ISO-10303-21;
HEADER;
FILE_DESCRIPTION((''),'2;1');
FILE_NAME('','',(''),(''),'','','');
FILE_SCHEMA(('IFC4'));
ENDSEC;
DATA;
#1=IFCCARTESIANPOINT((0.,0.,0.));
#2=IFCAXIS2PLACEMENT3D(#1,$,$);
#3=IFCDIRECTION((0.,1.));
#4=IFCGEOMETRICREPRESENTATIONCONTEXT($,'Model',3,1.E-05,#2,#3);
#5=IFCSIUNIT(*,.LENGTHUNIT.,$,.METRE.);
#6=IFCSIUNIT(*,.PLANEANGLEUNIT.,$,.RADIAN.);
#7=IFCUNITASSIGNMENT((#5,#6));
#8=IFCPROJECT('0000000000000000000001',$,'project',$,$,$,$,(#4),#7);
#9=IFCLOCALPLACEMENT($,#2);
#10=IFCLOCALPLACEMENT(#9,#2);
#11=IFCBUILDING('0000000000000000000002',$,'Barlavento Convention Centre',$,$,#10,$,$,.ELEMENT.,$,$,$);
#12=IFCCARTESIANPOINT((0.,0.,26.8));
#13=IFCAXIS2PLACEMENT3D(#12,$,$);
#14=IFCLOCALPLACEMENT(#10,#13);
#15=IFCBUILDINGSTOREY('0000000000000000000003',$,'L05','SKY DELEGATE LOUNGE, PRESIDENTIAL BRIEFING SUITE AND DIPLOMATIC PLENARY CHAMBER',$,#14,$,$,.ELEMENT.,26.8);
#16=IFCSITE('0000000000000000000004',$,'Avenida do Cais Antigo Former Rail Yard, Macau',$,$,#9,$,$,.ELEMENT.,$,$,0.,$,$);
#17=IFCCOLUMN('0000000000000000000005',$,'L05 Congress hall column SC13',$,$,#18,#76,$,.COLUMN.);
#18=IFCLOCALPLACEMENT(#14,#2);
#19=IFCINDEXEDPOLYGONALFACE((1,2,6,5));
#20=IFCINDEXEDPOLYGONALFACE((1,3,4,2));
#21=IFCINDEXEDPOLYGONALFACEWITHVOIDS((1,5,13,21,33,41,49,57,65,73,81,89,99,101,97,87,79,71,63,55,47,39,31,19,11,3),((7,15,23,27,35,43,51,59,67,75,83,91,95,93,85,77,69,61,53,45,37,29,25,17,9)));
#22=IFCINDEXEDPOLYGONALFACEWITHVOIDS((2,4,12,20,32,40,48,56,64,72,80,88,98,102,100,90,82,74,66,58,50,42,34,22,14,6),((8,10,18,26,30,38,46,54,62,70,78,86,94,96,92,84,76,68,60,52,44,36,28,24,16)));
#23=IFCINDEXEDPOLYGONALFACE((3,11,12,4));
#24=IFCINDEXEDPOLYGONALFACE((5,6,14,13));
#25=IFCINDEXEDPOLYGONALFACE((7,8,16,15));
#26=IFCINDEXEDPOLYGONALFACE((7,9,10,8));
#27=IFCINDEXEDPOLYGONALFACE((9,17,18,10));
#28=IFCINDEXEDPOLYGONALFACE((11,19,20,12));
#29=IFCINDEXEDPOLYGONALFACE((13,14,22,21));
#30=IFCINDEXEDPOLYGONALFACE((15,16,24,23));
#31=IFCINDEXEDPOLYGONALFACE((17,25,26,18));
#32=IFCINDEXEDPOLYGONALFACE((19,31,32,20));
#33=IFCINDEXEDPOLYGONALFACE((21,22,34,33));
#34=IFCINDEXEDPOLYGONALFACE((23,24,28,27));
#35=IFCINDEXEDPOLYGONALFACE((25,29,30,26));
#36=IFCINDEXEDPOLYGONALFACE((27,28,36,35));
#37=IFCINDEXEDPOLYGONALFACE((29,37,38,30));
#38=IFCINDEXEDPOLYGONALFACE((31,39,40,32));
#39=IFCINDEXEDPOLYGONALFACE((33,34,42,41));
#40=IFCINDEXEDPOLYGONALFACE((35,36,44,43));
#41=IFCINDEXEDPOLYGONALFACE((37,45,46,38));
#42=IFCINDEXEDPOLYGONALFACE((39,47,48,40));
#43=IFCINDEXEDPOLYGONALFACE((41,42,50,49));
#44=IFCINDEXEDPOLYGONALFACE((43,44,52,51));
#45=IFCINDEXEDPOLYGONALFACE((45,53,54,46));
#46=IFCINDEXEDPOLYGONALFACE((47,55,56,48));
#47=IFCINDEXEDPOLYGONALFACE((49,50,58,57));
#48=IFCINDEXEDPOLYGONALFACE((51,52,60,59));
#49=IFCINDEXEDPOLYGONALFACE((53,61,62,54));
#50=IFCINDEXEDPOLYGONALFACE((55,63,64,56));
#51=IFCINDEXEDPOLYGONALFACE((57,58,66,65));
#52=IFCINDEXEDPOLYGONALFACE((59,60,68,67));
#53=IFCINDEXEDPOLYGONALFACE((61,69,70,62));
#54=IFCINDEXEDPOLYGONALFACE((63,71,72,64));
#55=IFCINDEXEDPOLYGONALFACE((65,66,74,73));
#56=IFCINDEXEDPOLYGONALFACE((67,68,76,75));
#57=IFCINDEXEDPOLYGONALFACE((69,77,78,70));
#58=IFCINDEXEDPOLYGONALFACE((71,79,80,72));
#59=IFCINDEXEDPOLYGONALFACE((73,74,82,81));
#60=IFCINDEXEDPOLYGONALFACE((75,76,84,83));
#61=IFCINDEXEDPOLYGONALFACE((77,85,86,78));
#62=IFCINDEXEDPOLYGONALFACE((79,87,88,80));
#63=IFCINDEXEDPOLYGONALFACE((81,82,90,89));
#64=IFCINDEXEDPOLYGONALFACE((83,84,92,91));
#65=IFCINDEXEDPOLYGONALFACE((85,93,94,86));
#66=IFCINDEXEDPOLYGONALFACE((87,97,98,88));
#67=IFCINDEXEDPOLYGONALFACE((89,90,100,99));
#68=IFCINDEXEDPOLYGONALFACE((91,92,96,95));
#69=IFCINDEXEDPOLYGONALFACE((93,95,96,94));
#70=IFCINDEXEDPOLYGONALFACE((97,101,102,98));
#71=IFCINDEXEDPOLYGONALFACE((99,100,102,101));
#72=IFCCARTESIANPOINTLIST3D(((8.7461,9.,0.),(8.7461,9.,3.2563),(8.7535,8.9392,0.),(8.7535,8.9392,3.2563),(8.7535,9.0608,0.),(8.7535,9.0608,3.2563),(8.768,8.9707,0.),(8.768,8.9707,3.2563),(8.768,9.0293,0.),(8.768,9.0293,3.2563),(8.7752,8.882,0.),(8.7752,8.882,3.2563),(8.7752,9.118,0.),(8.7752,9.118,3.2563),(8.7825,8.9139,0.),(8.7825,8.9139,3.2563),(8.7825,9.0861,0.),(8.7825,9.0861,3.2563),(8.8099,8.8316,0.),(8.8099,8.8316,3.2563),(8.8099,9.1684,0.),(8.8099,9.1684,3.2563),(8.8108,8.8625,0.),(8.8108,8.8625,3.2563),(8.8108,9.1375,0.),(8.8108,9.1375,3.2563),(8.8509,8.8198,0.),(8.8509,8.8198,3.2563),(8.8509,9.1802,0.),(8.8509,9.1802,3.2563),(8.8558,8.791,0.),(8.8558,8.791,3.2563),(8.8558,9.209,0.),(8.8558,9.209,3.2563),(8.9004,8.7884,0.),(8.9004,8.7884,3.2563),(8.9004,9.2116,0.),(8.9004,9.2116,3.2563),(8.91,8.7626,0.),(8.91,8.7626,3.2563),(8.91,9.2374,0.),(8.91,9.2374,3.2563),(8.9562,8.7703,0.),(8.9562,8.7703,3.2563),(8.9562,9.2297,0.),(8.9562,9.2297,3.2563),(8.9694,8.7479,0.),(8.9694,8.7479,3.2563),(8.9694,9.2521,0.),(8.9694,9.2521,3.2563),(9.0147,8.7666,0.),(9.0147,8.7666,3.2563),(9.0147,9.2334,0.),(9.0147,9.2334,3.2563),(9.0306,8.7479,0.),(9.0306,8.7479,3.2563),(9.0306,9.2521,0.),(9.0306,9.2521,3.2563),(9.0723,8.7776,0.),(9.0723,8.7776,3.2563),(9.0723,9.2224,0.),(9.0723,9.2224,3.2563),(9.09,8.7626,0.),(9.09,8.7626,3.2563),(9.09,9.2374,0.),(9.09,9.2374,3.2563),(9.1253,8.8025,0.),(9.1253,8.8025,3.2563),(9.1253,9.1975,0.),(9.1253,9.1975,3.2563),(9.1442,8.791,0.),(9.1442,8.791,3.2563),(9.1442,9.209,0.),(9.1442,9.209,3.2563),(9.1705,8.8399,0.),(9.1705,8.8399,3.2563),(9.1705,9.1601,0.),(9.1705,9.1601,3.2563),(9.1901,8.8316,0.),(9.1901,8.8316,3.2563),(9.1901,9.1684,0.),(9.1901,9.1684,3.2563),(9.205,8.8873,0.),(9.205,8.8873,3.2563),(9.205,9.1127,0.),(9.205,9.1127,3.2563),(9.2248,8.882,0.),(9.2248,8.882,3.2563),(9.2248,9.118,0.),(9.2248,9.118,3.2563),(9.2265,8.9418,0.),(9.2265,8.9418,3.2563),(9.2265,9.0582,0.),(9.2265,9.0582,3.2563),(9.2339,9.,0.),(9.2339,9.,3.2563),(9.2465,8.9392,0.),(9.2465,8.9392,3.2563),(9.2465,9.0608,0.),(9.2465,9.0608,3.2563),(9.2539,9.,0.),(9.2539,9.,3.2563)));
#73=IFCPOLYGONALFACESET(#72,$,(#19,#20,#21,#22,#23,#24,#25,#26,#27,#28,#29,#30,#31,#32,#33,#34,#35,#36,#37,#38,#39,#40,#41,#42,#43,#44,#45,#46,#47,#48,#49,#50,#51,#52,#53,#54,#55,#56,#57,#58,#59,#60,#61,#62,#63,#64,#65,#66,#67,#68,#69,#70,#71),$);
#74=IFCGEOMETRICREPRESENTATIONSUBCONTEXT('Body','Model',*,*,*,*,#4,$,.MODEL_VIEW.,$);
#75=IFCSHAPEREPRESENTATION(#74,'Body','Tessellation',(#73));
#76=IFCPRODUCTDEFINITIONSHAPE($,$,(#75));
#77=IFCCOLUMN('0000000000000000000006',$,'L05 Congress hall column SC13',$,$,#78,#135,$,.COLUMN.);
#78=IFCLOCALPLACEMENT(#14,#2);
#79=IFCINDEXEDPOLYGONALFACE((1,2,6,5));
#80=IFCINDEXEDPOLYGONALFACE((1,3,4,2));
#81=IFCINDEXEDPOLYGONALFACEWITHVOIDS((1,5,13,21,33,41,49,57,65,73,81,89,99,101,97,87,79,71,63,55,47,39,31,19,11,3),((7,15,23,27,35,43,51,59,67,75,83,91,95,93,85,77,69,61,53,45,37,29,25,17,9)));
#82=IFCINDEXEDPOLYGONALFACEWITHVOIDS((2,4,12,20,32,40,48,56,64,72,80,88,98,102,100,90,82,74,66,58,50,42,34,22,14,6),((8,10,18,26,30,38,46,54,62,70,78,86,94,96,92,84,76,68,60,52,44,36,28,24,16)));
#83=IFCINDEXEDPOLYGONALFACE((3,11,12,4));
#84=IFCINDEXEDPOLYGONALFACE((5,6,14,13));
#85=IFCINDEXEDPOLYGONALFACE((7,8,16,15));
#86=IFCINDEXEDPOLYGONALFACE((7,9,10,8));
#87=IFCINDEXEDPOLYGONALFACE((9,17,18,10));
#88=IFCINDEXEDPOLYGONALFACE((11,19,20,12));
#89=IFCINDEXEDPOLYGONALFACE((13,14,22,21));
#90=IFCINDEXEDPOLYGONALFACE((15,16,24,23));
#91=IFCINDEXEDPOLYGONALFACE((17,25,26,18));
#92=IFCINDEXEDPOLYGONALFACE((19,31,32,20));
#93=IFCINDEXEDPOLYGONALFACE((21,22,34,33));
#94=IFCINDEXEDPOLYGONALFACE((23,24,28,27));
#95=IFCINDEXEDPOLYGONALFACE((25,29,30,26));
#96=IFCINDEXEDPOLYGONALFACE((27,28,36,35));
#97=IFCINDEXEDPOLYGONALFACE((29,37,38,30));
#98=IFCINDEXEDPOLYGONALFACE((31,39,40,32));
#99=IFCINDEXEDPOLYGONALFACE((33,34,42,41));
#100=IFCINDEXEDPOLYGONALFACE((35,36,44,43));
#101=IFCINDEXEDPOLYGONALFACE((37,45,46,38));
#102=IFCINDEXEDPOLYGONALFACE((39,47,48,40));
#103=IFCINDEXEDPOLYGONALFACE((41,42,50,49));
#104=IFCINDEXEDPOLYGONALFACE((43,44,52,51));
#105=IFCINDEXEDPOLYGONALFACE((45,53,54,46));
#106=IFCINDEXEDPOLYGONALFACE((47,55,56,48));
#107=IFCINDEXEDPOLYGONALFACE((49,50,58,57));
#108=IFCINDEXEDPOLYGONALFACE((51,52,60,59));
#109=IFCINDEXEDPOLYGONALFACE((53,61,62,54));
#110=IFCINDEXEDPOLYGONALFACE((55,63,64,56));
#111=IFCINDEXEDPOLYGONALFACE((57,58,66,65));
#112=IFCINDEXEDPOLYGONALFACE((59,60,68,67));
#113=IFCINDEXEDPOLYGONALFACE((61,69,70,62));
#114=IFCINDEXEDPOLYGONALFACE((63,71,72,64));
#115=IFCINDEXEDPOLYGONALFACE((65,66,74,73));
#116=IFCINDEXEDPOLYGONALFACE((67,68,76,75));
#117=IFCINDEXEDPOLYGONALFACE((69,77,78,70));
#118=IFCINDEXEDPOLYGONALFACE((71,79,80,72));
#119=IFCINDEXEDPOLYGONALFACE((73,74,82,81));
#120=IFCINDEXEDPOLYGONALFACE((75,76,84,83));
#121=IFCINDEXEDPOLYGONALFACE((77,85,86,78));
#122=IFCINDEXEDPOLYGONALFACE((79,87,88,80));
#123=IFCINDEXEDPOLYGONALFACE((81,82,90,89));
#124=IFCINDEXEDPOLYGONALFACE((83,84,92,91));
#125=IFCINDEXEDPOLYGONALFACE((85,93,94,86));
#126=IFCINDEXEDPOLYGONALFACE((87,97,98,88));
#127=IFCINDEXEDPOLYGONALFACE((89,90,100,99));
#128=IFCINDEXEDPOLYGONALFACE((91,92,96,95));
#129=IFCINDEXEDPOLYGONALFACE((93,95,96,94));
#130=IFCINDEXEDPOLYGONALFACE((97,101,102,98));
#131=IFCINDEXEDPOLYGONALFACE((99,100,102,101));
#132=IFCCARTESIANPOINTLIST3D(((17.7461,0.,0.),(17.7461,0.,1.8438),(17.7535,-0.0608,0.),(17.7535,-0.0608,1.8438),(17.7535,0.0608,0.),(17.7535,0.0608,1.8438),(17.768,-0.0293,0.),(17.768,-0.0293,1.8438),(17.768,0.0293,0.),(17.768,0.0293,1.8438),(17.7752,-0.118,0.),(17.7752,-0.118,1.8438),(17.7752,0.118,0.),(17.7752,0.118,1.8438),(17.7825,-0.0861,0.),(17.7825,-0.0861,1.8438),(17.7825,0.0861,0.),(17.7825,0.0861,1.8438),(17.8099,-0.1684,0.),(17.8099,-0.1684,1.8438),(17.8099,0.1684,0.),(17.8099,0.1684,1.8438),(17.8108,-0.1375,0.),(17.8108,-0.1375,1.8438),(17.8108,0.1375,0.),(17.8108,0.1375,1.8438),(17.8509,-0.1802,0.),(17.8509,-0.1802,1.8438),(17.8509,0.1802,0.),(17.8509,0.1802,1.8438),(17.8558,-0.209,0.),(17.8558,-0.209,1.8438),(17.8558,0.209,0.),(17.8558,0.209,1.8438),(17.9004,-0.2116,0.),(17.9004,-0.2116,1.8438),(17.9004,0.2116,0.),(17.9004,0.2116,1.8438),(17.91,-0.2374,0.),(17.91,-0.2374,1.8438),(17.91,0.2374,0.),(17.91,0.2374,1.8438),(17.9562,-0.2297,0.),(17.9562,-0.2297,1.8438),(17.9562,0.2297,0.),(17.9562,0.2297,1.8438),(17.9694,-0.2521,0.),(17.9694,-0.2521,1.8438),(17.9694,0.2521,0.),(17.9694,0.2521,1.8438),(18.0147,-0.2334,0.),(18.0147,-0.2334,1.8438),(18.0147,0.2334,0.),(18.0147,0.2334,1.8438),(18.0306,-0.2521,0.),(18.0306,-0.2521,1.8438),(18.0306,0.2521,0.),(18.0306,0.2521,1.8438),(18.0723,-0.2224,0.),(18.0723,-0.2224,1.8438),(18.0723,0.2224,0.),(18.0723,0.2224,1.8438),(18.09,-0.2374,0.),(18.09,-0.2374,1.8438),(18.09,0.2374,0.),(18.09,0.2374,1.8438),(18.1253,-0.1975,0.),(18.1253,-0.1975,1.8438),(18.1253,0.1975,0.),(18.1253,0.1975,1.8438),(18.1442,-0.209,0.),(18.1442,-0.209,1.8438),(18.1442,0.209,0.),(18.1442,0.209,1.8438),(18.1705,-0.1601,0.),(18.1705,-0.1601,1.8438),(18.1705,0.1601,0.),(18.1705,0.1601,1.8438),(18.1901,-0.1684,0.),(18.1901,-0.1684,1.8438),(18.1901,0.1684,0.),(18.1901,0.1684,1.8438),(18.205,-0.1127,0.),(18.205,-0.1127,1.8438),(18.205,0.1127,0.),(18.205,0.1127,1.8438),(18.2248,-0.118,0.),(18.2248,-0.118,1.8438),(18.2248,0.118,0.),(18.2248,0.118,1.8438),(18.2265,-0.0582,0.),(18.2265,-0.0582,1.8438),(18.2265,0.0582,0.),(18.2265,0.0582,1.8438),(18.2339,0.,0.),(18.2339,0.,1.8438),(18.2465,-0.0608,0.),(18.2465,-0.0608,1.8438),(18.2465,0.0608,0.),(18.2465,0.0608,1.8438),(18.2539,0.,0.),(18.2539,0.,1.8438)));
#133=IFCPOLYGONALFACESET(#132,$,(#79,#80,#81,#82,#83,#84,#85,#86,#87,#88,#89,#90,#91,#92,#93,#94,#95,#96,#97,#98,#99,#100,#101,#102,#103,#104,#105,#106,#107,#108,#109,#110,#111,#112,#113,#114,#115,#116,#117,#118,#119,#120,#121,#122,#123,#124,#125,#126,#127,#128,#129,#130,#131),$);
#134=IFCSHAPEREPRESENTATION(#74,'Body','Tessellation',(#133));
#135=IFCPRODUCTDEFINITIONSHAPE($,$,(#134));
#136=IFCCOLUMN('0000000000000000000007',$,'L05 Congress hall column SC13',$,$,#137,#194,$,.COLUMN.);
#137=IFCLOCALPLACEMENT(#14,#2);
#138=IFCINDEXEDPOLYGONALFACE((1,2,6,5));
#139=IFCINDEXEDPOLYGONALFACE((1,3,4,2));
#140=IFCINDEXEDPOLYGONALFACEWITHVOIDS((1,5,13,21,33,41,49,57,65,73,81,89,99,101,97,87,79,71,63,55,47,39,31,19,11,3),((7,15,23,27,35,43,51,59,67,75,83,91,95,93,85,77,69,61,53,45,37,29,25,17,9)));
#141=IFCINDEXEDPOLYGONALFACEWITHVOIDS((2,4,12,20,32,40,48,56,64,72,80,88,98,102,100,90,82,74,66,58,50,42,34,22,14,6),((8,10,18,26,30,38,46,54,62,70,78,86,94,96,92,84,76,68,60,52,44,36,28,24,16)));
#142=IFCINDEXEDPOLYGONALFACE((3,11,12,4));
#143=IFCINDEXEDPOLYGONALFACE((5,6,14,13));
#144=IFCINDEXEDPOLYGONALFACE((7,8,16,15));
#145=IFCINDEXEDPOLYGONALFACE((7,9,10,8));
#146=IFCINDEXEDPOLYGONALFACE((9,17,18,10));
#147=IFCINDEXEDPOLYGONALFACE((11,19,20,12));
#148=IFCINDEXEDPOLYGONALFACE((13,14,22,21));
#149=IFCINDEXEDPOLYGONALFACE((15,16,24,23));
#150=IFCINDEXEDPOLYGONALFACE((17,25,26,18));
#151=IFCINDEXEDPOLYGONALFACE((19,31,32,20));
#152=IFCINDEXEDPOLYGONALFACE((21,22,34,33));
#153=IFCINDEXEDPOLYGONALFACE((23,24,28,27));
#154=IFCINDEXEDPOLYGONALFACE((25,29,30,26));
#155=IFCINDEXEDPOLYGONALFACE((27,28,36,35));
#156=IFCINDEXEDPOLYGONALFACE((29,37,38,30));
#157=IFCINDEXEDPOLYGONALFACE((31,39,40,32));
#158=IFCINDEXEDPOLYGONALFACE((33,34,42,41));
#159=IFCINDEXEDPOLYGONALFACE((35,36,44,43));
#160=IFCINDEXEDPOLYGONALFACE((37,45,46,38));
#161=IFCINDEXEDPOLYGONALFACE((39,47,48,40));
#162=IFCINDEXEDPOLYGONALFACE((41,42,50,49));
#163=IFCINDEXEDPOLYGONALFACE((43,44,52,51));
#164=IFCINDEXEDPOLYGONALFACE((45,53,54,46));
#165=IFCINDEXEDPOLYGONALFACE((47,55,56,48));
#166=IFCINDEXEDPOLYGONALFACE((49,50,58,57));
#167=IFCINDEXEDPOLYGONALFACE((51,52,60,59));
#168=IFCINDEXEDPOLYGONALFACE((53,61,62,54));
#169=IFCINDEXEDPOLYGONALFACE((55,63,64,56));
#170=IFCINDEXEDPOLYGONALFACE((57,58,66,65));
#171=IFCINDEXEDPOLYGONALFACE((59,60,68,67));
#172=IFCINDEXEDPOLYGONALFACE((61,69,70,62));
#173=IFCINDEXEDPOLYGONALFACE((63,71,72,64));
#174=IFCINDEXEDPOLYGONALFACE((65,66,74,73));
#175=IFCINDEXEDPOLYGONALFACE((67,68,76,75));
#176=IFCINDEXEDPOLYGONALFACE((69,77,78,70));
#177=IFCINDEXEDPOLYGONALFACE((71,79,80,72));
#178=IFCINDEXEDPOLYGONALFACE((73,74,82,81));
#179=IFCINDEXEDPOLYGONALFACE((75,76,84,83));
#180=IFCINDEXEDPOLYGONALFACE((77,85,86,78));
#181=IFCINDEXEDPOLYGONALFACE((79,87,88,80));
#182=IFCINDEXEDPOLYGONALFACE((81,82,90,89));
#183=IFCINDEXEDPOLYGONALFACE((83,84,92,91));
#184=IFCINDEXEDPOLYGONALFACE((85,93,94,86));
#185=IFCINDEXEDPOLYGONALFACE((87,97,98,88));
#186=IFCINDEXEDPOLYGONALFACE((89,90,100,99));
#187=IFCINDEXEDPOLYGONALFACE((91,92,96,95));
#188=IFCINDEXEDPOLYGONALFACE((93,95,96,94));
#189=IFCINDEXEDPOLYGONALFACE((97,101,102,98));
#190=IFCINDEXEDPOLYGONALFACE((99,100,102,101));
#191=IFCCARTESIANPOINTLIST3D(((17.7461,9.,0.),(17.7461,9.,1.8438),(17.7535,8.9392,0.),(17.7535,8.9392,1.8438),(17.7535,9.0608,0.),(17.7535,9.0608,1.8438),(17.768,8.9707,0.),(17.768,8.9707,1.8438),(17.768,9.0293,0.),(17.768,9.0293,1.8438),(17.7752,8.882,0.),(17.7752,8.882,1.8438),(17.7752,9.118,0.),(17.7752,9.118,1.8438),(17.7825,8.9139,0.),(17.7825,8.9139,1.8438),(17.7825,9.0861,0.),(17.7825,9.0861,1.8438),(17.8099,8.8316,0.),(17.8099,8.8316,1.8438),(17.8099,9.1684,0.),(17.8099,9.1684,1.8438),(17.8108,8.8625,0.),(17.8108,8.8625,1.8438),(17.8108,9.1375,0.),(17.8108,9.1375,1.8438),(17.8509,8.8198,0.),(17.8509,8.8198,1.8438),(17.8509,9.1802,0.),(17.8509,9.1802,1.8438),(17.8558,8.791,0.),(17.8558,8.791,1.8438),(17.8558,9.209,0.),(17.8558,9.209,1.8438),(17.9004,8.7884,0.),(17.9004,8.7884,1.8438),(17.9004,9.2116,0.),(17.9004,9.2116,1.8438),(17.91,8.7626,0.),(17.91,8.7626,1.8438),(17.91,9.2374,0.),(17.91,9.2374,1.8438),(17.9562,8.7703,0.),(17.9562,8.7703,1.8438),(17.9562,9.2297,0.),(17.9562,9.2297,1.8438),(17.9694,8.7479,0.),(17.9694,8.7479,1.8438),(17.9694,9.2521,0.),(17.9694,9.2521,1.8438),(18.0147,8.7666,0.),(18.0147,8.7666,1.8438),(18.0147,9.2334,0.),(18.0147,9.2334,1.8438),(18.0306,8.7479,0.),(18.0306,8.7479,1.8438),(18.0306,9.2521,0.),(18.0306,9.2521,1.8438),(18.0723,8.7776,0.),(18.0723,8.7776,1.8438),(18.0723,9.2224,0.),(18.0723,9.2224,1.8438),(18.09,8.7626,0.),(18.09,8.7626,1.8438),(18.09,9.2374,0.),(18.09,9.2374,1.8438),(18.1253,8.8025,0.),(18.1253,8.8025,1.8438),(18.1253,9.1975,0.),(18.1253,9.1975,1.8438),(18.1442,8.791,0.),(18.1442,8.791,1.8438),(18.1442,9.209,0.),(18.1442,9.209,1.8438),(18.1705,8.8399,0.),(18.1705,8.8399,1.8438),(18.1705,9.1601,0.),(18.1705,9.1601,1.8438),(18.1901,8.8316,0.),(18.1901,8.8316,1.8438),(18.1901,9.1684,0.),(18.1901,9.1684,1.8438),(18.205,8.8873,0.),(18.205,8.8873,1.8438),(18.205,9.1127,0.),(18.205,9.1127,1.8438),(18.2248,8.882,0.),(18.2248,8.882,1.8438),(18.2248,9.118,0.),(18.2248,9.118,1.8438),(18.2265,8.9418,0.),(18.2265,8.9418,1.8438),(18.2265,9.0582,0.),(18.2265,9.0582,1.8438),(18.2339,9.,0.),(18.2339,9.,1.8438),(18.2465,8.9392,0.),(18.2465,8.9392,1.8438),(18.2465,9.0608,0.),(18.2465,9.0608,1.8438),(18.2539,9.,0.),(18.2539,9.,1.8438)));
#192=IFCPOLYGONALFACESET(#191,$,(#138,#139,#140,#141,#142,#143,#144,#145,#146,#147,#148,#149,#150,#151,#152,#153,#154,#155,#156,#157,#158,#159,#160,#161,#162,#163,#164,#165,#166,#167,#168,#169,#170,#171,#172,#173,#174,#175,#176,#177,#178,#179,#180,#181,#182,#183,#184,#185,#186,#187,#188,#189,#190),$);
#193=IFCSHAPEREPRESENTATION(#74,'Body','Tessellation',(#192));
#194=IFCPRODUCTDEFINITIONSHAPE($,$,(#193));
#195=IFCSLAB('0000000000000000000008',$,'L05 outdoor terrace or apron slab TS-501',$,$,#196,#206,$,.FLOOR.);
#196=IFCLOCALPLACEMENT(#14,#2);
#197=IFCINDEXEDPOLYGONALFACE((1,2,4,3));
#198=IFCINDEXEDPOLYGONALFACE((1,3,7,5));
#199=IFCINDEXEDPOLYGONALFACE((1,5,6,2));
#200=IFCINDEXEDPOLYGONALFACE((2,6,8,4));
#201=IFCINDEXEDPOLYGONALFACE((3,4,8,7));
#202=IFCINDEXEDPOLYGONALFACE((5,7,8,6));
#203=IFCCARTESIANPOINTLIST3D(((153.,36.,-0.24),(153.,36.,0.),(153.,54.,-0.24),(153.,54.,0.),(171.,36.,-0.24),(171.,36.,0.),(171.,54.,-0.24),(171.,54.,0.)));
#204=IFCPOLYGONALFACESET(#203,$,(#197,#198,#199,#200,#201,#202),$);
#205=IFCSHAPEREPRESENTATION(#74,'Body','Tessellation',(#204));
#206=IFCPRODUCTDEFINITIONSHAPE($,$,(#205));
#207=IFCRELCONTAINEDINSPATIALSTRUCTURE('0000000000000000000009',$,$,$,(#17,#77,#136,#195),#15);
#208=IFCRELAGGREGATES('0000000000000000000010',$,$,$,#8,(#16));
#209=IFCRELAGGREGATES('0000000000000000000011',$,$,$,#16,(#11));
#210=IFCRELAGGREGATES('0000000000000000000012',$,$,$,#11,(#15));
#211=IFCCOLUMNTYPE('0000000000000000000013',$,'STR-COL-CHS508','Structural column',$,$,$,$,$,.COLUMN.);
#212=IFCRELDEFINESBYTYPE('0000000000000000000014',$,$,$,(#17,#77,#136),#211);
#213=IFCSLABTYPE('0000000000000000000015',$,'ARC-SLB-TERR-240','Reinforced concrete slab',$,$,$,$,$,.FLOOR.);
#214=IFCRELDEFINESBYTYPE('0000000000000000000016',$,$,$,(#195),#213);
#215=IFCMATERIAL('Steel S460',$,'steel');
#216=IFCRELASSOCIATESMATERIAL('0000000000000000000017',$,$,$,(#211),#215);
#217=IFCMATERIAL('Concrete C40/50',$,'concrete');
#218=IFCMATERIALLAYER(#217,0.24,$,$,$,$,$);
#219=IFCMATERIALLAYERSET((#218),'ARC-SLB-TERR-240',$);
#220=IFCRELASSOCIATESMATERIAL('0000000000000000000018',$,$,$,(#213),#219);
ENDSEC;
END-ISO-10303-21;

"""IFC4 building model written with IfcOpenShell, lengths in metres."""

from ifc_helpers import new_model, si_unit, direction, frame, origin, origin_2d, place, context, subcontext, project, spatial, polyline, hollow_circle, outline, extrude, material, layer, layer_set, material_profile, profile_set, type_object, element, save


model = new_model("IFC4")

# Units and contexts
model_context = context("Model", 3, precision=1e-05, world=origin(), true_north=direction((0.0, 1.0)))
body_context = subcontext(model_context, "Body", "Model", "MODEL_VIEW")
ifc_project = project(units=[si_unit("LENGTHUNIT", "METRE"), si_unit("PLANEANGLEUNIT", "RADIAN")], contexts=[model_context])

# Site, building, storey
site_placement = place(None, origin())
site = spatial("IfcSite", under=ifc_project, at=site_placement, Name="Avenida do Cais Antigo Former Rail Yard, Macau", CompositionType="ELEMENT", RefElevation=0.0)
building_placement = place(site_placement, origin())
building = spatial("IfcBuilding", under=site, at=building_placement, Name="Barlavento Convention Centre", CompositionType="ELEMENT")
storey_placement = place(building_placement, frame((0.0, 0.0, 26.8)))
storey = spatial("IfcBuildingStorey", under=building, at=storey_placement, Name="L05", Description="SKY DELEGATE LOUNGE, PRESIDENTIAL BRIEFING SUITE AND DIPLOMATIC PLENARY CHAMBER", CompositionType="ELEMENT", Elevation=26.8)

# Columns
ifc_material_1 = material(Name="Steel S460", Category="steel")
ifc_material_profile = material_profile(ifc_material_1, hollow_circle(Radius=0.2539, WallThickness=0.02, at=origin_2d()), Name="CHS 508.0x20.0")
ifc_profile_set = profile_set([ifc_material_profile], Name="Steel S460")
column_type = type_object("IfcColumnType", Name="STR-COL-CHS508", Description="Structural column", PredefinedType="COLUMN", material=ifc_profile_set)
for number, where, z_axis, x_axis, name in (
    (1, (9.0, 9.0, 0.0), (0.0, 0.0, 1.0), (1.0, 0.0, 0.0), "L05 Congress hall column SC13"),
):
    element("IfcColumn", number, at=place(storey_placement, frame(where, z_axis=z_axis, x_axis=x_axis)), inside=storey, type_object=column_type, Name=name, PredefinedType="COLUMN", context=body_context, shape_type="SweptSolid", body=[
        extrude(hollow_circle(Radius=0.2539, WallThickness=0.02, at=origin_2d()), origin(), (0.0, 0.0, 1.0), 3.2563),
    ])
for number, where, z_axis, x_axis, name in (
    (2, (18.0, 0.0, 0.0), (0.0, 0.0, 1.0), (1.0, 0.0, 0.0), "L05 Congress hall column SC13"),
    (3, (18.0, 9.0, 0.0), (0.0, 0.0, 1.0), (1.0, 0.0, 0.0), "L05 Congress hall column SC13"),
):
    element("IfcColumn", number, at=place(storey_placement, frame(where, z_axis=z_axis, x_axis=x_axis)), inside=storey, type_object=column_type, Name=name, PredefinedType="COLUMN", context=body_context, shape_type="SweptSolid", body=[
        extrude(hollow_circle(Radius=0.2539, WallThickness=0.02, at=origin_2d()), origin(), (0.0, 0.0, 1.0), 1.8438),
    ])

# Slab
ifc_material_2 = material(Name="Concrete C40/50", Category="concrete")
ifc_layer_1 = layer(ifc_material_2, 0.24)
ifc_layer_set_1 = layer_set([ifc_layer_1], Name="ARC-SLB-TERR-240")
slab_type_1 = type_object("IfcSlabType", Name="ARC-SLB-TERR-240", Description="Reinforced concrete slab", PredefinedType="FLOOR", material=ifc_layer_set_1)
slab_1_placement = place(storey_placement, frame((0.0, 0.0, -0.24)))
element("IfcSlab", 4, at=slab_1_placement, inside=storey, type_object=slab_type_1, Name="L05 outdoor terrace or apron slab TS-501", PredefinedType="FLOOR", context=body_context, shape_type="SweptSolid", body=[
    extrude(outline(polyline([(153.0, 36.0), (171.0, 36.0), (171.0, 54.0), (153.0, 54.0), (153.0, 36.0)])), origin(), (0.0, 0.0, 1.0), 0.24),
])

save(model, "model.ifc")
